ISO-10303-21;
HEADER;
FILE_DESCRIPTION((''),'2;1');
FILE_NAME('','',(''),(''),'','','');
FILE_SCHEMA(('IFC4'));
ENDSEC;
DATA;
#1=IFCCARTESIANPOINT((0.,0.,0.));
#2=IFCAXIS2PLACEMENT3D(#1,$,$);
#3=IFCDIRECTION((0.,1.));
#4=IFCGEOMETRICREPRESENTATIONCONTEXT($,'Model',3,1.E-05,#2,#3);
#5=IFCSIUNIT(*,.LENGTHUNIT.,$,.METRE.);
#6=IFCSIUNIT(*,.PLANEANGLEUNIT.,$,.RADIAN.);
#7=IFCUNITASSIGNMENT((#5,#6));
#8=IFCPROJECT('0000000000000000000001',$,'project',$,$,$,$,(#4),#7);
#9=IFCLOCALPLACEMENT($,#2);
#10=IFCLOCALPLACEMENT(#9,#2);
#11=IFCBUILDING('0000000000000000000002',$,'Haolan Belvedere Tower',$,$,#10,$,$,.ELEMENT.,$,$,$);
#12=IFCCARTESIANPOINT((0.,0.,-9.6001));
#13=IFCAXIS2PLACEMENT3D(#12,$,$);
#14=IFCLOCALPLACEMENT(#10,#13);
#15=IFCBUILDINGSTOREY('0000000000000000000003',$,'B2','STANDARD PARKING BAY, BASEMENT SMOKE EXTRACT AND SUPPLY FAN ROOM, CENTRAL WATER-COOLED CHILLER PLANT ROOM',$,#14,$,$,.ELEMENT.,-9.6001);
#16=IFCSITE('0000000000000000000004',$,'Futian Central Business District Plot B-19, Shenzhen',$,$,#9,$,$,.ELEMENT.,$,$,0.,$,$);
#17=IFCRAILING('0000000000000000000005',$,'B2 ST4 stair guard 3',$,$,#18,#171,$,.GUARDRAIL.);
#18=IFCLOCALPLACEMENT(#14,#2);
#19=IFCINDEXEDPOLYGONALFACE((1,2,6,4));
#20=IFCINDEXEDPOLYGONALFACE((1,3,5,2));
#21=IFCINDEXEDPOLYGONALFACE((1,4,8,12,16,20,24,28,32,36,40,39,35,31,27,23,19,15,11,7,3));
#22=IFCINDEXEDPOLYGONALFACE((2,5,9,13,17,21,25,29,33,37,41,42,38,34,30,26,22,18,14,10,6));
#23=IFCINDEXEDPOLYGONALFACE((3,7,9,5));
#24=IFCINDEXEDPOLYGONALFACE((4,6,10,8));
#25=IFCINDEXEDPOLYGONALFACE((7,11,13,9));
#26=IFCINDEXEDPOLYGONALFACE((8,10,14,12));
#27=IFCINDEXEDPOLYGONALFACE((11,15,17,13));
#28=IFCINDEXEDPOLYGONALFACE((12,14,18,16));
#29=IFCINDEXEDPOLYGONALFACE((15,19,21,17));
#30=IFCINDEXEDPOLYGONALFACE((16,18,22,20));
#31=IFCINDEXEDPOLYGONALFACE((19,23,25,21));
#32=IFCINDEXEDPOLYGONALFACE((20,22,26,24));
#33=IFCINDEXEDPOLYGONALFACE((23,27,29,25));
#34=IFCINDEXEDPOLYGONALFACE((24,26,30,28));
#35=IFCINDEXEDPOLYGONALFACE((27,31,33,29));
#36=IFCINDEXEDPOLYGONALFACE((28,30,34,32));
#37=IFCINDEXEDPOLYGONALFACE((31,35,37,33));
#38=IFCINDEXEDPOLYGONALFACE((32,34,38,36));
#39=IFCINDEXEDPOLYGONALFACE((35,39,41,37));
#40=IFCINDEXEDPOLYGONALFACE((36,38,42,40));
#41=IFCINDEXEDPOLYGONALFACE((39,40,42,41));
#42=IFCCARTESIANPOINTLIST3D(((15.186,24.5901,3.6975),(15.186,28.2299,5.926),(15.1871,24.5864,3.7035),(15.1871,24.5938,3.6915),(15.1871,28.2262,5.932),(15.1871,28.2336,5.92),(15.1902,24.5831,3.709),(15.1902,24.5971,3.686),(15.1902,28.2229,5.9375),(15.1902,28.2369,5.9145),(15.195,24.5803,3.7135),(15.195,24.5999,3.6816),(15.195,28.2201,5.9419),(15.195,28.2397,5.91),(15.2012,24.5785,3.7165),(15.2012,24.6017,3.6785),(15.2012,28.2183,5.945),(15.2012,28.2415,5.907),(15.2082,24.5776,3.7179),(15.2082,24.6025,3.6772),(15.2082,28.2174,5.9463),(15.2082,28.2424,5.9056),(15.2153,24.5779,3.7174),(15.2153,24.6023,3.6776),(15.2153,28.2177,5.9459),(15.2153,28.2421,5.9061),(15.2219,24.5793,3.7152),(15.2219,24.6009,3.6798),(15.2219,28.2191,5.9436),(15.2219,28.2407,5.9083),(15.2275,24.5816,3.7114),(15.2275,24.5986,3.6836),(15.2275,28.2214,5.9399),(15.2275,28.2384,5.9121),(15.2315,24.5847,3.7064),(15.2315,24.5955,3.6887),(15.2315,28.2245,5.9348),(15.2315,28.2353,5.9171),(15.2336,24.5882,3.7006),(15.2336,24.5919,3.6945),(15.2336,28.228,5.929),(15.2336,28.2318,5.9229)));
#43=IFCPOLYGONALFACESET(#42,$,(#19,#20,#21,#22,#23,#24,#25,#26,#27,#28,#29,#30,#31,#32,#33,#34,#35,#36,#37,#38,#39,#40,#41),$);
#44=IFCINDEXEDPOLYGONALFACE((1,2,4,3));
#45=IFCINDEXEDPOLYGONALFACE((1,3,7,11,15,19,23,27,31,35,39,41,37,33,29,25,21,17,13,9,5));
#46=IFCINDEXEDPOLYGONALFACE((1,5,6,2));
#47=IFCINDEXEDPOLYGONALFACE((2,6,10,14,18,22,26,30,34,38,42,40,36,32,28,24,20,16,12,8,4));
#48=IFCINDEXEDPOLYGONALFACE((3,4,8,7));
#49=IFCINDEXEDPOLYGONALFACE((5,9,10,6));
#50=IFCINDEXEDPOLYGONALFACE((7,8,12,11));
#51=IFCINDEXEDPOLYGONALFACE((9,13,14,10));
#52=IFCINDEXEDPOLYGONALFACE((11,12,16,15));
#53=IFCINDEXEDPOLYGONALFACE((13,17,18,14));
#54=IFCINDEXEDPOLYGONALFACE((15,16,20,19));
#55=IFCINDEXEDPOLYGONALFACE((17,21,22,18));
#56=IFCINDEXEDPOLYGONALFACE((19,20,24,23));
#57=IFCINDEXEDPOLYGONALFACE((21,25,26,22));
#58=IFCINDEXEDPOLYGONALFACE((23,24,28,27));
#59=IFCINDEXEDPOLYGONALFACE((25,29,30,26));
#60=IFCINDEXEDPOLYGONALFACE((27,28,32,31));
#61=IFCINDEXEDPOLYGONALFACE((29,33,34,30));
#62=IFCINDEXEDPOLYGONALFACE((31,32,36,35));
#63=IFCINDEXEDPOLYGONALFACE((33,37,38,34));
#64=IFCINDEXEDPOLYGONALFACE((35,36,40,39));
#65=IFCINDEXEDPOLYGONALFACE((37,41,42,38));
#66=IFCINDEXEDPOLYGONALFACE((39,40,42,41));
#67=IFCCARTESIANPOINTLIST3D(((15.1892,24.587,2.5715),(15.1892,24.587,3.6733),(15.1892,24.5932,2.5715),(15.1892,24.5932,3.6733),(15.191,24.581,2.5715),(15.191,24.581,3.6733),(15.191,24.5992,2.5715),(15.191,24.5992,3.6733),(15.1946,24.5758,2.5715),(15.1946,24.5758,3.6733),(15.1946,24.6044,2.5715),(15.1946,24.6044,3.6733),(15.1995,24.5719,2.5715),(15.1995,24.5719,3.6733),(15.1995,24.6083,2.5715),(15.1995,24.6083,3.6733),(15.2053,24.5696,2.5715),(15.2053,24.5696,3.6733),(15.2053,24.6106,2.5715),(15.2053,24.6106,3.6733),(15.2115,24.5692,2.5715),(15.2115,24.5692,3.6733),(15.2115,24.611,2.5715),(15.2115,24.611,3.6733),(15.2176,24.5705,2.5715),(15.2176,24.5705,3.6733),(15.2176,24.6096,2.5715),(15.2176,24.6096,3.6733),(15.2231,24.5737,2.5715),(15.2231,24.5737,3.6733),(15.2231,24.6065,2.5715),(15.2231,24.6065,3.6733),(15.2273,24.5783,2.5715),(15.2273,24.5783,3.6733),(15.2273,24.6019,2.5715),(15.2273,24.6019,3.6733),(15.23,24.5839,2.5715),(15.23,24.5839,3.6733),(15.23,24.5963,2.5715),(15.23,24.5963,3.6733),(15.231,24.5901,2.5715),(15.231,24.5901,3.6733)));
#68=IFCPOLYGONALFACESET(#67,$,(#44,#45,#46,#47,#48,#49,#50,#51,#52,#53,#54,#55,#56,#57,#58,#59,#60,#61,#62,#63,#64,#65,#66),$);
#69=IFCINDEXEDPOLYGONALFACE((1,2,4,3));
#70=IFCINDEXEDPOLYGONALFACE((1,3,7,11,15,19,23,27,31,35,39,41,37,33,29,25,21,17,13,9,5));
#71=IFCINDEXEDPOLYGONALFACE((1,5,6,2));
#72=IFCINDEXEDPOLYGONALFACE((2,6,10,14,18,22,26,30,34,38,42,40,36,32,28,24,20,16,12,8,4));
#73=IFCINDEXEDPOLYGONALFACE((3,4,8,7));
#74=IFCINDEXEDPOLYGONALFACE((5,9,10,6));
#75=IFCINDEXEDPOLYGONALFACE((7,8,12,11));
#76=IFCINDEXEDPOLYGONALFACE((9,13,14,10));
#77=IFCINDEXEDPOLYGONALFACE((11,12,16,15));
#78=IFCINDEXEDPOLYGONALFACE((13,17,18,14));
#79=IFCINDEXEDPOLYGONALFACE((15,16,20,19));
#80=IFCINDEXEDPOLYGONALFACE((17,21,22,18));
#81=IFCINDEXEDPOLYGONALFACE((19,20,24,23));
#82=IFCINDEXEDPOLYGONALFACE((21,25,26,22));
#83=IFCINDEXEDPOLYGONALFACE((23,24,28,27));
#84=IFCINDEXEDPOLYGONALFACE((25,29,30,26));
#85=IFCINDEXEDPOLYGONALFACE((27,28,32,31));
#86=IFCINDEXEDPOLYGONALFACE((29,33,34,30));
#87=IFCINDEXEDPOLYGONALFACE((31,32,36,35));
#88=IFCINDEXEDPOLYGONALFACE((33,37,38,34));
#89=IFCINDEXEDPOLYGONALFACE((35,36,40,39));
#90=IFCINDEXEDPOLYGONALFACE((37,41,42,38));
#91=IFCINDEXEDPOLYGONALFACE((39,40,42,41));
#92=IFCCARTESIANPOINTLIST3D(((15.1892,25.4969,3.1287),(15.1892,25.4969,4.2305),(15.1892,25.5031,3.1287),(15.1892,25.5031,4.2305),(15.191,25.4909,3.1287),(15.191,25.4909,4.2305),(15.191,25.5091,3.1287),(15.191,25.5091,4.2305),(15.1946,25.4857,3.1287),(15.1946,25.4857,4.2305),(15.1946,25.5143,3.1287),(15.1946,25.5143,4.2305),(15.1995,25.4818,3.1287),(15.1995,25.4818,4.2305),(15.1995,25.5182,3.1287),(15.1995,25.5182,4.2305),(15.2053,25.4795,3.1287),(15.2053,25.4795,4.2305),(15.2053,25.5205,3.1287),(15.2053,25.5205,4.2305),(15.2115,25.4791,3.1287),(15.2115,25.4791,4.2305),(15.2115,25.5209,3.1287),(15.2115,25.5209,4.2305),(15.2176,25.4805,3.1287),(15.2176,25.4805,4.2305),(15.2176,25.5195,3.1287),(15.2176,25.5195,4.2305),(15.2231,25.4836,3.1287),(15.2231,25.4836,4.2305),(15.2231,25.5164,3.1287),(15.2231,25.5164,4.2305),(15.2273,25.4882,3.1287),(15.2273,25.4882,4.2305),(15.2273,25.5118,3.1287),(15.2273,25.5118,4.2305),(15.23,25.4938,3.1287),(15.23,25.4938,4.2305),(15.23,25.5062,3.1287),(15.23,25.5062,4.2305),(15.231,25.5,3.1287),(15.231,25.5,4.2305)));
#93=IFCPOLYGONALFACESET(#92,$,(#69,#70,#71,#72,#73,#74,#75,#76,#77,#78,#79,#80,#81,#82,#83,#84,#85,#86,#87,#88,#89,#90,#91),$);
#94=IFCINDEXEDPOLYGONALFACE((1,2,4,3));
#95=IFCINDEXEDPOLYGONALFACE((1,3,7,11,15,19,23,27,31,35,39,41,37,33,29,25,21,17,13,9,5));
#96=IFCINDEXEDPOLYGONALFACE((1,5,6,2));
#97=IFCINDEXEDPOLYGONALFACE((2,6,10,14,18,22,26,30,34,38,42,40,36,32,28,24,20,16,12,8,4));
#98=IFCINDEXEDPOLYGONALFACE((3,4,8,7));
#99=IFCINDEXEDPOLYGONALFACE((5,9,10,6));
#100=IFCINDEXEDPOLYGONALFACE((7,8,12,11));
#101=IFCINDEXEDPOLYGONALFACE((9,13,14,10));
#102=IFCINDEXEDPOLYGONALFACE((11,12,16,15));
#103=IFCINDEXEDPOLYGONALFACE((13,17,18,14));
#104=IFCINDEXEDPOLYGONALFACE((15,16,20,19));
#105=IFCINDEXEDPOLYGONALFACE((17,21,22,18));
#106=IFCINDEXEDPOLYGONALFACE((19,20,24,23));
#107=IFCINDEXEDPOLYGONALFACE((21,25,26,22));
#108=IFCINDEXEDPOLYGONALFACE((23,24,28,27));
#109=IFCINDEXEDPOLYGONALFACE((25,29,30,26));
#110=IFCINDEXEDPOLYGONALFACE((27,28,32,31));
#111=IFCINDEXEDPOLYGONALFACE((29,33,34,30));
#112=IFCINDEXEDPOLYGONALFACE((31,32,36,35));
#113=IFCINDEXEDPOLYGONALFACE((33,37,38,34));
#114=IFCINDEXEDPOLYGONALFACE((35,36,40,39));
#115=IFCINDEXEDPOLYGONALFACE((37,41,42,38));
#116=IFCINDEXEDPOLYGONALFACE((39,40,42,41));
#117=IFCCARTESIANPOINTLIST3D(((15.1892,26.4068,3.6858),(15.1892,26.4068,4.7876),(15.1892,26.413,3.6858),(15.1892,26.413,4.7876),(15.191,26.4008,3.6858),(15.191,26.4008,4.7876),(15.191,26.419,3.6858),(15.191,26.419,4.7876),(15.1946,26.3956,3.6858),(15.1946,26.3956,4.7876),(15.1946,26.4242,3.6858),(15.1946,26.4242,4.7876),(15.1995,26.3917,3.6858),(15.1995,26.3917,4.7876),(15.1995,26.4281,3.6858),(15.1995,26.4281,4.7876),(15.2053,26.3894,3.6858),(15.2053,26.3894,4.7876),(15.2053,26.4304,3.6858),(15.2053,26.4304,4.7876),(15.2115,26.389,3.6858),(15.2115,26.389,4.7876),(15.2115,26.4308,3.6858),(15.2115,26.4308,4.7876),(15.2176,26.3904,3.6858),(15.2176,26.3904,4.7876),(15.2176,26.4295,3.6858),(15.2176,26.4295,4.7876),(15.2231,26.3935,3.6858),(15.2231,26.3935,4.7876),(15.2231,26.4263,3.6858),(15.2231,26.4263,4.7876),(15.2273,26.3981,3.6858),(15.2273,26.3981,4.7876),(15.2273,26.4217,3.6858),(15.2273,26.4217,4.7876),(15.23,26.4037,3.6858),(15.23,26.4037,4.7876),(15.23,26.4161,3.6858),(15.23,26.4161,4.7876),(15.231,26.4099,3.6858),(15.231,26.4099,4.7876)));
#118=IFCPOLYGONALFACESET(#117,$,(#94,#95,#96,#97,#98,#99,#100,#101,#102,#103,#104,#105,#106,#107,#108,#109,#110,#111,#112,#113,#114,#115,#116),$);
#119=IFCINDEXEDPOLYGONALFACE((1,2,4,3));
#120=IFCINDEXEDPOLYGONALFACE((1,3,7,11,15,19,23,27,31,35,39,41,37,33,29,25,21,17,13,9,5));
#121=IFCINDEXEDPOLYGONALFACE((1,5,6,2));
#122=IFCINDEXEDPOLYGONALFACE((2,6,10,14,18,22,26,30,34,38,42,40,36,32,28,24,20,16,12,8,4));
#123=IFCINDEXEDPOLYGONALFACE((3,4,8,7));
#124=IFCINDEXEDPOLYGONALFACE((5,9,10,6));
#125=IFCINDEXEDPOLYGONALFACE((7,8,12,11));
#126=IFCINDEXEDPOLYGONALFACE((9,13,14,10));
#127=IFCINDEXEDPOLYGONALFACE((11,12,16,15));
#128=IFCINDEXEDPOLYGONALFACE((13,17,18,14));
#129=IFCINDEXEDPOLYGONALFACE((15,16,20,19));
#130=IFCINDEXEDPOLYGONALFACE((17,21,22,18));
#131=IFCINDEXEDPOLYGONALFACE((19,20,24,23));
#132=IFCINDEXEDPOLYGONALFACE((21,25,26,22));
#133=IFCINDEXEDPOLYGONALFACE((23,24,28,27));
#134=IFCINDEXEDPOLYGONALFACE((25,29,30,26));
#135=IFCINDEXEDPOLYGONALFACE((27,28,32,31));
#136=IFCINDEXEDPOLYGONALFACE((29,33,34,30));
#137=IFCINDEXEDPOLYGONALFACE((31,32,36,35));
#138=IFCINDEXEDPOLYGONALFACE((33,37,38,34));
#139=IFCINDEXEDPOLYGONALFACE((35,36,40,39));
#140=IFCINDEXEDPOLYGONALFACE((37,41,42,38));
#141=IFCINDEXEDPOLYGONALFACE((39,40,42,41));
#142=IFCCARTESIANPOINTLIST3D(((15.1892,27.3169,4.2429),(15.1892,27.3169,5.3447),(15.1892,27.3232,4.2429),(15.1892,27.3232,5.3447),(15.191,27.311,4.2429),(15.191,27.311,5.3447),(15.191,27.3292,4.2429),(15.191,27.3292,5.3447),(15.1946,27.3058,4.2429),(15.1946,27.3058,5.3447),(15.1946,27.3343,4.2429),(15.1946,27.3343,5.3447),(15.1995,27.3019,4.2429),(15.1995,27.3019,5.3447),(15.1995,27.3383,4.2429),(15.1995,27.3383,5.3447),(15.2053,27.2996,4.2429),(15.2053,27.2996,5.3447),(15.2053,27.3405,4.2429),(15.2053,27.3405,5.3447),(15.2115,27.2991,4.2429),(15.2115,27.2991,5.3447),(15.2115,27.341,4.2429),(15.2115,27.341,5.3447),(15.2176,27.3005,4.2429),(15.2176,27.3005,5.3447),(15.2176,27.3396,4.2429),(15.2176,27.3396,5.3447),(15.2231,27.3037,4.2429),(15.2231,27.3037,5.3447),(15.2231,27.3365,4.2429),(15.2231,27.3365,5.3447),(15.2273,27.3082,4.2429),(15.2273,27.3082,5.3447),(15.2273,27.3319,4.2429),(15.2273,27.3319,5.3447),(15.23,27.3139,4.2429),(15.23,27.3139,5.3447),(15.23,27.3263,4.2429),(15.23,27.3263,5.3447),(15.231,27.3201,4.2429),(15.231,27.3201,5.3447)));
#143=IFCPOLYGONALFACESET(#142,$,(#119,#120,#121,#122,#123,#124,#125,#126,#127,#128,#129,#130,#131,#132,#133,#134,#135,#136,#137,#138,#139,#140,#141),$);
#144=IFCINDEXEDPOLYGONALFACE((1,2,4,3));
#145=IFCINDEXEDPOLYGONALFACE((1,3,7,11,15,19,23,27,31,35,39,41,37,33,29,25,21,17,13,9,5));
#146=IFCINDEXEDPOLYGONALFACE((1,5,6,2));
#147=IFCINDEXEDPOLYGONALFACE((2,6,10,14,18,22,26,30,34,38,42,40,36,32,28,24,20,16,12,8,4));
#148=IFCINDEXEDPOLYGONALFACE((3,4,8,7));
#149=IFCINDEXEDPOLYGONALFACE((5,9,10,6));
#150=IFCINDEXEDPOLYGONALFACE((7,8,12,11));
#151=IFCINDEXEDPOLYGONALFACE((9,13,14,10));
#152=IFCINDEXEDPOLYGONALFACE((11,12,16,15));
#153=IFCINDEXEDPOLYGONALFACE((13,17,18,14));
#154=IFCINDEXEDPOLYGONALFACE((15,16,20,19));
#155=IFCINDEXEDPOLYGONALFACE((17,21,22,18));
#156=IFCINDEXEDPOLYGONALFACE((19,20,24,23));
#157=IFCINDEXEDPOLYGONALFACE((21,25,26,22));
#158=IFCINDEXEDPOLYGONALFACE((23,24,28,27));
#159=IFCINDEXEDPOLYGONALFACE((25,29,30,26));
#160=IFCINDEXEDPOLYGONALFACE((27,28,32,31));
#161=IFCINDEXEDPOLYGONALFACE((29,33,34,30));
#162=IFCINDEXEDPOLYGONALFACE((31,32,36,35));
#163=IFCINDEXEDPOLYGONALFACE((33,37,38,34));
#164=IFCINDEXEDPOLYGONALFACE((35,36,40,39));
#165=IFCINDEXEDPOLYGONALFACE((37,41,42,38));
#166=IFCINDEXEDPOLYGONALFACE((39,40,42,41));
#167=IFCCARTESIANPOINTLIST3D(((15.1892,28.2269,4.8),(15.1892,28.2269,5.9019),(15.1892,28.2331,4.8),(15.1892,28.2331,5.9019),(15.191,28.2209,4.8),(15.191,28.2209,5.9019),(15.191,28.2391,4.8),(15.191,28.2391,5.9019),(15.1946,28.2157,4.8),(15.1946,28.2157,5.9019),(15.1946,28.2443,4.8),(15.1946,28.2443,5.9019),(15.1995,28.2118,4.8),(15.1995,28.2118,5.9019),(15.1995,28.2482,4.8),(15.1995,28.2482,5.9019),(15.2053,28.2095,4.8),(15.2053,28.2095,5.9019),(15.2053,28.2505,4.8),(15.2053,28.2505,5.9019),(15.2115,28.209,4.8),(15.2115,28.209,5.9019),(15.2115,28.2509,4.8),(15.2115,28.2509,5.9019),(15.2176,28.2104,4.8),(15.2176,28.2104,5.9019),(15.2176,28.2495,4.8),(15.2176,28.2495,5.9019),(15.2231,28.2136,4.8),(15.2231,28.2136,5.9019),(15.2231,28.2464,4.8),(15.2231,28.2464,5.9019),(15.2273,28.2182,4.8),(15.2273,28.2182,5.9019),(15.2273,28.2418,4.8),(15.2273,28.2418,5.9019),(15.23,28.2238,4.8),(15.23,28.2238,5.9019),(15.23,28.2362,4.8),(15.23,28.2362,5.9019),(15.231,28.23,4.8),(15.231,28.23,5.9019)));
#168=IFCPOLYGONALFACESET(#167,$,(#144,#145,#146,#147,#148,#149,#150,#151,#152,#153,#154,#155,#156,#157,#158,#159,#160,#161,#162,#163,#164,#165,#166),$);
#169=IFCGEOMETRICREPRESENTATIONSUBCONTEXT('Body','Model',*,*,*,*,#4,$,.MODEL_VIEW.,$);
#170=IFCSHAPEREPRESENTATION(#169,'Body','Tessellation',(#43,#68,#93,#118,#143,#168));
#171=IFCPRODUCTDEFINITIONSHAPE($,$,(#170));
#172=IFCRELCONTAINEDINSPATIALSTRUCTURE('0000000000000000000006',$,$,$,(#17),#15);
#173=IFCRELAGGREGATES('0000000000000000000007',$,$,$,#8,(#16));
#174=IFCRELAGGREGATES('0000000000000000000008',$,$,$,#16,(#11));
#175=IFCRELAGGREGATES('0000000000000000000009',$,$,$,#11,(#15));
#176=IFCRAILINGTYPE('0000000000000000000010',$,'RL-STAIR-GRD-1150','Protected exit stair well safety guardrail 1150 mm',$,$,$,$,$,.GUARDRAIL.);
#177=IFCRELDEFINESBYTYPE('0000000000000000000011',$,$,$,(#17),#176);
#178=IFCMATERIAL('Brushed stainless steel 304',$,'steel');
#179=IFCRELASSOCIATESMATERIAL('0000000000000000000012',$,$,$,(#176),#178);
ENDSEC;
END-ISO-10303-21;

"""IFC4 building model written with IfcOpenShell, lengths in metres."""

from ifc_helpers import new_model, si_unit, direction, frame, origin, origin_2d, place, context, subcontext, project, spatial, circle, extrude, material, type_object, element, save


model = new_model("IFC4")

# Units and contexts
model_context = context("Model", 3, precision=1e-05, world=origin(), true_north=direction((0.0, 1.0)))
body_context = subcontext(model_context, "Body", "Model", "MODEL_VIEW")
ifc_project = project(units=[si_unit("LENGTHUNIT", "METRE"), si_unit("PLANEANGLEUNIT", "RADIAN")], contexts=[model_context])

# Site, building, storey
site_placement = place(None, origin())
site = spatial("IfcSite", under=ifc_project, at=site_placement, Name="Futian Central Business District Plot B-19, Shenzhen", CompositionType="ELEMENT", RefElevation=0.0)
building_placement = place(site_placement, origin())
building = spatial("IfcBuilding", under=site, at=building_placement, Name="Haolan Belvedere Tower", CompositionType="ELEMENT")
storey_placement = place(building_placement, frame((0.0, 0.0, -9.6001)))
storey = spatial("IfcBuildingStorey", under=building, at=storey_placement, Name="B2", Description="STANDARD PARKING BAY, BASEMENT SMOKE EXTRACT AND SUPPLY FAN ROOM, CENTRAL WATER-COOLED CHILLER PLANT ROOM", CompositionType="ELEMENT", Elevation=-9.6001)

# Railing
ifc_material_1 = material(Name="Brushed stainless steel 304", Category="steel")
railing_type_1 = type_object("IfcRailingType", Name="RL-STAIR-GRD-1150", Description="Protected exit stair well safety guardrail 1150 mm", PredefinedType="GUARDRAIL", material=ifc_material_1)
railing_1_placement = place(storey_placement, frame((15.21, 24.5901, 2.5715)))
element("IfcRailing", 1, at=railing_1_placement, inside=storey, type_object=railing_type_1, Name="B2 ST4 stair guard 3", PredefinedType="GUARDRAIL", context=body_context, shape_type="SweptSolid", body=[
    extrude(circle(Radius=0.0239, at=origin_2d()), frame((0.0, 0.0, 1.126), z_axis=(0.0, 0.85285, 0.522156), x_axis=(-1.0, 0.0, 0.0)), (0.0, 0.0, 1.0), 4.2678),
    extrude(circle(Radius=0.021, at=origin_2d()), origin(), (0.0, 0.0, 1.0), 1.1018),
    extrude(circle(Radius=0.021, at=origin_2d()), frame((0.0, 0.9099, 0.5571)), (0.0, 0.0, 1.0), 1.1018),
    extrude(circle(Radius=0.021, at=origin_2d()), frame((0.0, 1.8198, 1.1143)), (0.0, 0.0, 1.0), 1.1018),
    extrude(circle(Radius=0.021, at=origin_2d()), frame((0.0, 2.73, 1.6714)), (0.0, 0.0, 1.0), 1.1018),
    extrude(circle(Radius=0.021, at=origin_2d()), frame((0.0, 3.6399, 2.2285)), (0.0, 0.0, 1.0), 1.1018),
])

save(model, "model.ifc")
